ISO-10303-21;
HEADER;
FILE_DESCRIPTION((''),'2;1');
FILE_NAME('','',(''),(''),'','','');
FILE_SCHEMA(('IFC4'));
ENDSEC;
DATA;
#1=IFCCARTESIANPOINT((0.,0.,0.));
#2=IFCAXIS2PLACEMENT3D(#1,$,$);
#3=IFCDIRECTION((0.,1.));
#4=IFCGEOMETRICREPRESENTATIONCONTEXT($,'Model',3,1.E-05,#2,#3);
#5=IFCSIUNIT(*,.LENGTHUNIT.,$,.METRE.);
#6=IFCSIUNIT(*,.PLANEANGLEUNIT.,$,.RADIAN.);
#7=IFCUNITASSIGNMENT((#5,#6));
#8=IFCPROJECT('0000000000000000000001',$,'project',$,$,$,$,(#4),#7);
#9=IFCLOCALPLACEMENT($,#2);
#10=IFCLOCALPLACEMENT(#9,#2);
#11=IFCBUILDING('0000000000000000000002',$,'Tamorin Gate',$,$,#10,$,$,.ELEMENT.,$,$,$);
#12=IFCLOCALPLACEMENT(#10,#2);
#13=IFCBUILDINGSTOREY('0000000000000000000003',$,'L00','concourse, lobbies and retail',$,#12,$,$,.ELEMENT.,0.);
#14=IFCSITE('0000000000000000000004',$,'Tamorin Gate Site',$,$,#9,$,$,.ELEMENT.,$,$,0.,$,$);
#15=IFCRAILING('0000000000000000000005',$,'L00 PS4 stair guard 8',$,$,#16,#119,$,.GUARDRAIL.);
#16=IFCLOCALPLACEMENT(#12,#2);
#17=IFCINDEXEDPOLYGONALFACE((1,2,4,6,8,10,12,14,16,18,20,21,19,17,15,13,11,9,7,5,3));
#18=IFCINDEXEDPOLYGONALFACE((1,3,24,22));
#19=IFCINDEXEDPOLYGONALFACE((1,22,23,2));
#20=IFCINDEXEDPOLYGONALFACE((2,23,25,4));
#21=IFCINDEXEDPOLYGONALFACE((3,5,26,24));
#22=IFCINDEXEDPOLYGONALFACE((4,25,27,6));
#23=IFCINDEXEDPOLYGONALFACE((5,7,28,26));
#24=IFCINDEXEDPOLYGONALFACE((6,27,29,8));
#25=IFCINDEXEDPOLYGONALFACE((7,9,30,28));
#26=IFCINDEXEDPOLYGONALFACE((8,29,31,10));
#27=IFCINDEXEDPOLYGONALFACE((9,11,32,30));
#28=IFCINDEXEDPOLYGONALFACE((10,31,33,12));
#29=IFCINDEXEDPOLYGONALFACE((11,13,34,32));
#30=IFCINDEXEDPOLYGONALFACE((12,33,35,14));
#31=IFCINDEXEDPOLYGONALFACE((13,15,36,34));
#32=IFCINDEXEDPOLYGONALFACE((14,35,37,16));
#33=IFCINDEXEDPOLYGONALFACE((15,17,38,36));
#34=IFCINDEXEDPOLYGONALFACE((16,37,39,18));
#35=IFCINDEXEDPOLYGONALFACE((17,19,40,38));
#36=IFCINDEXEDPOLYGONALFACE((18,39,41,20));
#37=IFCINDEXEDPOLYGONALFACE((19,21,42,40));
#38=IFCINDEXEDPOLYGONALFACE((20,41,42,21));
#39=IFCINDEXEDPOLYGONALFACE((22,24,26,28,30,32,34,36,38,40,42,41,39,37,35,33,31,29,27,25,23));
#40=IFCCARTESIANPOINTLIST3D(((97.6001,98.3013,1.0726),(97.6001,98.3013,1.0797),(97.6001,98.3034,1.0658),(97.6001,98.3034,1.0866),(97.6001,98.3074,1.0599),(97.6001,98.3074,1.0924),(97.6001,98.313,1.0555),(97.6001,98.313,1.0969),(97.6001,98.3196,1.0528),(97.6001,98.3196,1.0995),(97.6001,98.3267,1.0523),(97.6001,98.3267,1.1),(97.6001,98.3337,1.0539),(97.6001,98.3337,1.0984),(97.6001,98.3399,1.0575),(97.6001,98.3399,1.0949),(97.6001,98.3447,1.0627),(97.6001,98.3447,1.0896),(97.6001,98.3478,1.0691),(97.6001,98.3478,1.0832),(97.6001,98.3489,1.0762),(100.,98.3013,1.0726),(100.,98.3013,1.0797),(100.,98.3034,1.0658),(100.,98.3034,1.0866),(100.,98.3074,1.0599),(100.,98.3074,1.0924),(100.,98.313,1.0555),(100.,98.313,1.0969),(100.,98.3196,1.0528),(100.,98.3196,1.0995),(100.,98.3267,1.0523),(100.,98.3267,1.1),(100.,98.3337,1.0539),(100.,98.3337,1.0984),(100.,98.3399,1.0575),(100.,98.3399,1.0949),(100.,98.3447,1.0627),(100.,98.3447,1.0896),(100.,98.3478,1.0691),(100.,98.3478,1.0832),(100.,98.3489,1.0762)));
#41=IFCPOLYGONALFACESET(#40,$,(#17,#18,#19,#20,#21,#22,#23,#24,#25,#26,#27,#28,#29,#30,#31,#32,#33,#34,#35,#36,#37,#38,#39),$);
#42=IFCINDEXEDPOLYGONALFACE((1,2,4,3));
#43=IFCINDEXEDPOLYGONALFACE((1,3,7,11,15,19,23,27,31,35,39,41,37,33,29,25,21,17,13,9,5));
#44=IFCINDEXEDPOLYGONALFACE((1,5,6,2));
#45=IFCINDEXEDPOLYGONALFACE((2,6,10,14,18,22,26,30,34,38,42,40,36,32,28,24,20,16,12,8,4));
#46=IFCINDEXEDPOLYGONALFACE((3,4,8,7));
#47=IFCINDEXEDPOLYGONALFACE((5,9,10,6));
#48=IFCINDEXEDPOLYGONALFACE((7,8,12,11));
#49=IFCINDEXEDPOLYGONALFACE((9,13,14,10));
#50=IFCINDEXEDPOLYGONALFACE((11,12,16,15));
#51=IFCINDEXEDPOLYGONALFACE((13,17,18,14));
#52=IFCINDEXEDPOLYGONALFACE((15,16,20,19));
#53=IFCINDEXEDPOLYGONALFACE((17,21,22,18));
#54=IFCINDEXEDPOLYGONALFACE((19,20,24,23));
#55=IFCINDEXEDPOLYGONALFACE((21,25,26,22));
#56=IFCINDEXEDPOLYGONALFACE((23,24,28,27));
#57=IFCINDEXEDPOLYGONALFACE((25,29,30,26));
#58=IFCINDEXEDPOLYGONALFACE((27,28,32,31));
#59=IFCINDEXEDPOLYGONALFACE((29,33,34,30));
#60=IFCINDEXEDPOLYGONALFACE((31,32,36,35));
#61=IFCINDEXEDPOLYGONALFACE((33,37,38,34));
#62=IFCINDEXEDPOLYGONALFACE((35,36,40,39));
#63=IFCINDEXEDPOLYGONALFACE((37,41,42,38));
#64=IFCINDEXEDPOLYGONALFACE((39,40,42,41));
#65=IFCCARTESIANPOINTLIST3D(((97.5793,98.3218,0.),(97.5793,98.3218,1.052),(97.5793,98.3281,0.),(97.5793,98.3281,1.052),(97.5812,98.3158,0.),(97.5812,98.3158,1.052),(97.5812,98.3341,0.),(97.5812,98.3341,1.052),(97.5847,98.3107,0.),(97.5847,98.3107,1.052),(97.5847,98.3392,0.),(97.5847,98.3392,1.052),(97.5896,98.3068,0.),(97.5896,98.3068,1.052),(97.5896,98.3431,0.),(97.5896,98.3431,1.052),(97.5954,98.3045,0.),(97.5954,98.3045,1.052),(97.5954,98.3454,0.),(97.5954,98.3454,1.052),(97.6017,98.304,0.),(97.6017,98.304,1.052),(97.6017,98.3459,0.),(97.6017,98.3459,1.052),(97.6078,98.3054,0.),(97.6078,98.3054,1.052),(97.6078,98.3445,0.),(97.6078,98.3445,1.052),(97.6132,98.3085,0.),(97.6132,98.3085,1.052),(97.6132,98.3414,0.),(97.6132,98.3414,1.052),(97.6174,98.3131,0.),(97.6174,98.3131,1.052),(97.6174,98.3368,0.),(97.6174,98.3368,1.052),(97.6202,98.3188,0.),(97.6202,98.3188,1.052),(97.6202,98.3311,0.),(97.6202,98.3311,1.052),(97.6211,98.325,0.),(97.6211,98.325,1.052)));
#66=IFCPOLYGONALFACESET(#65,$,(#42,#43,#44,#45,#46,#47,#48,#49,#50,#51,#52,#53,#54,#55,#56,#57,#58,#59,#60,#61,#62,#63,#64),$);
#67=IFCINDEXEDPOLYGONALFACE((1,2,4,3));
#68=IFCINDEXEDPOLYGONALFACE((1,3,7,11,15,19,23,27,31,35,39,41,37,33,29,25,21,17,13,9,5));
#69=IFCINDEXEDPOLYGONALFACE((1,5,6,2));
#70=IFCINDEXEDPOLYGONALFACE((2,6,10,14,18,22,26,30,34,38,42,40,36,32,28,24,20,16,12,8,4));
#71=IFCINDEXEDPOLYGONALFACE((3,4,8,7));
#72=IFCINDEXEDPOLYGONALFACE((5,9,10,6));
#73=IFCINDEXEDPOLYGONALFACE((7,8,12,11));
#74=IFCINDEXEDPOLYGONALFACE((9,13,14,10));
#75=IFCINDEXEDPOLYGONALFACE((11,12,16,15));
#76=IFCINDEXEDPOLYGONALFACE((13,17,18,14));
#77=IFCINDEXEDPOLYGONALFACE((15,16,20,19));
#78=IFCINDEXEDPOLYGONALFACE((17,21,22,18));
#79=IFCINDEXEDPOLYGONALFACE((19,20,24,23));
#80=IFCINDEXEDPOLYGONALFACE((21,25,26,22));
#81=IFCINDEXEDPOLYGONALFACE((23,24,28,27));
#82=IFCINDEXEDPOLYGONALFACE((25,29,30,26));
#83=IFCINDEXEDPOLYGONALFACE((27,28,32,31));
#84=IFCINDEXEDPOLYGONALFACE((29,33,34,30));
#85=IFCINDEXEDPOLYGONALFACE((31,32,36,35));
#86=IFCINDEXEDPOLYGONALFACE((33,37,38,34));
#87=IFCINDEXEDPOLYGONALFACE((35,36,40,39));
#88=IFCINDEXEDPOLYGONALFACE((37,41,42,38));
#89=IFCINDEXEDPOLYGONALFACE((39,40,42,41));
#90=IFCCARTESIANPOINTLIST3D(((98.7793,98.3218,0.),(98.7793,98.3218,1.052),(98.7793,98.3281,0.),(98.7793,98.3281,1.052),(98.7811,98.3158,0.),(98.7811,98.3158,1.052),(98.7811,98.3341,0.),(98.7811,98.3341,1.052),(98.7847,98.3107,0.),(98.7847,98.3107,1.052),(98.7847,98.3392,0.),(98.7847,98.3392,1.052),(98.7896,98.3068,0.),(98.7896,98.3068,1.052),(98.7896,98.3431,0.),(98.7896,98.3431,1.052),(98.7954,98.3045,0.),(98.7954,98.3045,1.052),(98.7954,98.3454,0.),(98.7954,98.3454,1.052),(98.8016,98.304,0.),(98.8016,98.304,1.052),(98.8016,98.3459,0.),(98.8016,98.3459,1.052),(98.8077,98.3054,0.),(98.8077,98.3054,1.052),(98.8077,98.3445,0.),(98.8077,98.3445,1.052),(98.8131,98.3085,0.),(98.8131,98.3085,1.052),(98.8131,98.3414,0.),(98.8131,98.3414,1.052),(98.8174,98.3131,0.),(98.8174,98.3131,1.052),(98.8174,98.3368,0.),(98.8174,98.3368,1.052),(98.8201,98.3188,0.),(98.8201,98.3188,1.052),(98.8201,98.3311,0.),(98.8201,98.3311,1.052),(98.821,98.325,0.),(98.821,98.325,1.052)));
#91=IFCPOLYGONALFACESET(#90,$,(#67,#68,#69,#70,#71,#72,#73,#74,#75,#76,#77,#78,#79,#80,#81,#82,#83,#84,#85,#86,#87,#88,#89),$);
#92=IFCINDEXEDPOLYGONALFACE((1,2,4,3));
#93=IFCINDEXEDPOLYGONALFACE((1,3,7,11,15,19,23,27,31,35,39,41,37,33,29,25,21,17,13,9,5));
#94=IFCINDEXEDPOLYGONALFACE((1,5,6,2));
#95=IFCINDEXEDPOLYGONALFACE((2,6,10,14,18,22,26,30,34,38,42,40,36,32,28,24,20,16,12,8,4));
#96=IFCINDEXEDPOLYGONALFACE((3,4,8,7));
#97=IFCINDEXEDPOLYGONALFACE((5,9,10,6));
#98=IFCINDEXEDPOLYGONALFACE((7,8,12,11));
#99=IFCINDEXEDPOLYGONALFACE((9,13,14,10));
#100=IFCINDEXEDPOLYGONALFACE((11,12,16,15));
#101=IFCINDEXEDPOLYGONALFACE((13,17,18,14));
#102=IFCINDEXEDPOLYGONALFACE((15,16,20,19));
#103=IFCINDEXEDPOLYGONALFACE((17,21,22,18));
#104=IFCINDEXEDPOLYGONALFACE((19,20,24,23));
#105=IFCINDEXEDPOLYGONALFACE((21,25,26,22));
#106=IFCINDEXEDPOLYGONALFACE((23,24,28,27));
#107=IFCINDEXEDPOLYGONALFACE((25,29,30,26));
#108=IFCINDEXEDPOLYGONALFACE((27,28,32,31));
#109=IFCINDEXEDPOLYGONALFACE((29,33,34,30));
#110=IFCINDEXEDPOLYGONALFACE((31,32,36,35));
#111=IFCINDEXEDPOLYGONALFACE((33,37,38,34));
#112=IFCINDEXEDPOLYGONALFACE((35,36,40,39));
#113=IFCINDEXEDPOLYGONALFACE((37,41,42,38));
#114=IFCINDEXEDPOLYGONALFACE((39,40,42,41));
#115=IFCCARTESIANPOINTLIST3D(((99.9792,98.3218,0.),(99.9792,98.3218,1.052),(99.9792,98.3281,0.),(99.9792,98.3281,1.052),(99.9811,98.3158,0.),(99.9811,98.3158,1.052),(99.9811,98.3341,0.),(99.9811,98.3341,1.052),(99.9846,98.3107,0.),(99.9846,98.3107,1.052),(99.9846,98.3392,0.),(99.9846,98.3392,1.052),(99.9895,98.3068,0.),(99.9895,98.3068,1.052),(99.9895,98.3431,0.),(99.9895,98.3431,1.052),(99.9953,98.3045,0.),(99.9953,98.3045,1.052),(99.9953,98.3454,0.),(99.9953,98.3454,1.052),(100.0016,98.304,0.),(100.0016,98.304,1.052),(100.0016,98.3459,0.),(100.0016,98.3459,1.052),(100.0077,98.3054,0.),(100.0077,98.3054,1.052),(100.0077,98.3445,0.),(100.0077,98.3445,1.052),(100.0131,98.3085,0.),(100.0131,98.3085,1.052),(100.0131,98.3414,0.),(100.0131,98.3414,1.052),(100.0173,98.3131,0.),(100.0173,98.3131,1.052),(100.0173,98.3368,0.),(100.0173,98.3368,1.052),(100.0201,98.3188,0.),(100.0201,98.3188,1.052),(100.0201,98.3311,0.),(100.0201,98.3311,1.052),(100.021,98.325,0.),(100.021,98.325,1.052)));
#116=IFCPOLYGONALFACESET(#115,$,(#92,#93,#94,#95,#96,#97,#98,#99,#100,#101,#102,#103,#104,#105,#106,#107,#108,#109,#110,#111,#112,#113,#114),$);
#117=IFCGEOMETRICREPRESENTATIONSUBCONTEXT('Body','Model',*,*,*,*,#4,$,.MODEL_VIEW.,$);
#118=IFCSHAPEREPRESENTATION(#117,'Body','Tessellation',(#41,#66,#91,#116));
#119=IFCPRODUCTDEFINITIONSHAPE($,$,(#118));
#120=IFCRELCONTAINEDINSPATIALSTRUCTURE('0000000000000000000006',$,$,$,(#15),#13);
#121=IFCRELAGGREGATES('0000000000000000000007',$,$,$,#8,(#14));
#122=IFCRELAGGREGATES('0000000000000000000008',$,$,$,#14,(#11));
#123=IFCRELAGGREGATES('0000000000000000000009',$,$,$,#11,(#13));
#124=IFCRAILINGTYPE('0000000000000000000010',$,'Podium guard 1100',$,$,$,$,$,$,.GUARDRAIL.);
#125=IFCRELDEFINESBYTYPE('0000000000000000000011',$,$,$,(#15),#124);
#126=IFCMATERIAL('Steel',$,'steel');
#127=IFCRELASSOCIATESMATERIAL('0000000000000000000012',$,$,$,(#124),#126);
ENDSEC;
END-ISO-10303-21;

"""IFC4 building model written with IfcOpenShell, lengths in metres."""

from ifc_helpers import new_model, si_unit, direction, frame, origin, origin_2d, place, context, subcontext, project, spatial, circle, extrude, material, type_object, element, save


model = new_model("IFC4")

# Units and contexts
model_context = context("Model", 3, precision=1e-05, world=origin(), true_north=direction((0.0, 1.0)))
body_context = subcontext(model_context, "Body", "Model", "MODEL_VIEW")
ifc_project = project(units=[si_unit("LENGTHUNIT", "METRE"), si_unit("PLANEANGLEUNIT", "RADIAN")], contexts=[model_context])

# Site, building, storey
site_placement = place(None, origin())
site = spatial("IfcSite", under=ifc_project, at=site_placement, Name="Tamorin Gate Site", CompositionType="ELEMENT", RefElevation=0.0)
building_placement = place(site_placement, origin())
building = spatial("IfcBuilding", under=site, at=building_placement, Name="Tamorin Gate", CompositionType="ELEMENT")
storey_placement = place(building_placement, origin())
storey = spatial("IfcBuildingStorey", under=building, at=storey_placement, Name="L00", Description="concourse, lobbies and retail", CompositionType="ELEMENT", Elevation=0.0)

# Railing
ifc_material_1 = material(Name="Steel", Category="steel")
railing_type_1 = type_object("IfcRailingType", Name="Podium guard 1100", PredefinedType="GUARDRAIL", material=ifc_material_1)
railing_1_placement = place(storey_placement, frame((97.6001, 98.325, 0.0)))
element("IfcRailing", 1, at=railing_1_placement, inside=storey, type_object=railing_type_1, Name="L00 PS4 stair guard 8", PredefinedType="GUARDRAIL", context=body_context, shape_type="SweptSolid", body=[
    extrude(circle(Radius=0.0239, at=origin_2d()), frame((0.0, 0.0, 1.0762), z_axis=(1.0, 0.0, 0.0), x_axis=(0.0, 1.0, 0.0)), (0.0, 0.0, 1.0), 2.3999),
    extrude(circle(Radius=0.021, at=origin_2d()), origin(), (0.0, 0.0, 1.0), 1.052),
    extrude(circle(Radius=0.021, at=origin_2d()), frame((1.2, 0.0, 0.0)), (0.0, 0.0, 1.0), 1.052),
    extrude(circle(Radius=0.021, at=origin_2d()), frame((2.3999, 0.0, 0.0)), (0.0, 0.0, 1.0), 1.052),
])

save(model, "model.ifc")
